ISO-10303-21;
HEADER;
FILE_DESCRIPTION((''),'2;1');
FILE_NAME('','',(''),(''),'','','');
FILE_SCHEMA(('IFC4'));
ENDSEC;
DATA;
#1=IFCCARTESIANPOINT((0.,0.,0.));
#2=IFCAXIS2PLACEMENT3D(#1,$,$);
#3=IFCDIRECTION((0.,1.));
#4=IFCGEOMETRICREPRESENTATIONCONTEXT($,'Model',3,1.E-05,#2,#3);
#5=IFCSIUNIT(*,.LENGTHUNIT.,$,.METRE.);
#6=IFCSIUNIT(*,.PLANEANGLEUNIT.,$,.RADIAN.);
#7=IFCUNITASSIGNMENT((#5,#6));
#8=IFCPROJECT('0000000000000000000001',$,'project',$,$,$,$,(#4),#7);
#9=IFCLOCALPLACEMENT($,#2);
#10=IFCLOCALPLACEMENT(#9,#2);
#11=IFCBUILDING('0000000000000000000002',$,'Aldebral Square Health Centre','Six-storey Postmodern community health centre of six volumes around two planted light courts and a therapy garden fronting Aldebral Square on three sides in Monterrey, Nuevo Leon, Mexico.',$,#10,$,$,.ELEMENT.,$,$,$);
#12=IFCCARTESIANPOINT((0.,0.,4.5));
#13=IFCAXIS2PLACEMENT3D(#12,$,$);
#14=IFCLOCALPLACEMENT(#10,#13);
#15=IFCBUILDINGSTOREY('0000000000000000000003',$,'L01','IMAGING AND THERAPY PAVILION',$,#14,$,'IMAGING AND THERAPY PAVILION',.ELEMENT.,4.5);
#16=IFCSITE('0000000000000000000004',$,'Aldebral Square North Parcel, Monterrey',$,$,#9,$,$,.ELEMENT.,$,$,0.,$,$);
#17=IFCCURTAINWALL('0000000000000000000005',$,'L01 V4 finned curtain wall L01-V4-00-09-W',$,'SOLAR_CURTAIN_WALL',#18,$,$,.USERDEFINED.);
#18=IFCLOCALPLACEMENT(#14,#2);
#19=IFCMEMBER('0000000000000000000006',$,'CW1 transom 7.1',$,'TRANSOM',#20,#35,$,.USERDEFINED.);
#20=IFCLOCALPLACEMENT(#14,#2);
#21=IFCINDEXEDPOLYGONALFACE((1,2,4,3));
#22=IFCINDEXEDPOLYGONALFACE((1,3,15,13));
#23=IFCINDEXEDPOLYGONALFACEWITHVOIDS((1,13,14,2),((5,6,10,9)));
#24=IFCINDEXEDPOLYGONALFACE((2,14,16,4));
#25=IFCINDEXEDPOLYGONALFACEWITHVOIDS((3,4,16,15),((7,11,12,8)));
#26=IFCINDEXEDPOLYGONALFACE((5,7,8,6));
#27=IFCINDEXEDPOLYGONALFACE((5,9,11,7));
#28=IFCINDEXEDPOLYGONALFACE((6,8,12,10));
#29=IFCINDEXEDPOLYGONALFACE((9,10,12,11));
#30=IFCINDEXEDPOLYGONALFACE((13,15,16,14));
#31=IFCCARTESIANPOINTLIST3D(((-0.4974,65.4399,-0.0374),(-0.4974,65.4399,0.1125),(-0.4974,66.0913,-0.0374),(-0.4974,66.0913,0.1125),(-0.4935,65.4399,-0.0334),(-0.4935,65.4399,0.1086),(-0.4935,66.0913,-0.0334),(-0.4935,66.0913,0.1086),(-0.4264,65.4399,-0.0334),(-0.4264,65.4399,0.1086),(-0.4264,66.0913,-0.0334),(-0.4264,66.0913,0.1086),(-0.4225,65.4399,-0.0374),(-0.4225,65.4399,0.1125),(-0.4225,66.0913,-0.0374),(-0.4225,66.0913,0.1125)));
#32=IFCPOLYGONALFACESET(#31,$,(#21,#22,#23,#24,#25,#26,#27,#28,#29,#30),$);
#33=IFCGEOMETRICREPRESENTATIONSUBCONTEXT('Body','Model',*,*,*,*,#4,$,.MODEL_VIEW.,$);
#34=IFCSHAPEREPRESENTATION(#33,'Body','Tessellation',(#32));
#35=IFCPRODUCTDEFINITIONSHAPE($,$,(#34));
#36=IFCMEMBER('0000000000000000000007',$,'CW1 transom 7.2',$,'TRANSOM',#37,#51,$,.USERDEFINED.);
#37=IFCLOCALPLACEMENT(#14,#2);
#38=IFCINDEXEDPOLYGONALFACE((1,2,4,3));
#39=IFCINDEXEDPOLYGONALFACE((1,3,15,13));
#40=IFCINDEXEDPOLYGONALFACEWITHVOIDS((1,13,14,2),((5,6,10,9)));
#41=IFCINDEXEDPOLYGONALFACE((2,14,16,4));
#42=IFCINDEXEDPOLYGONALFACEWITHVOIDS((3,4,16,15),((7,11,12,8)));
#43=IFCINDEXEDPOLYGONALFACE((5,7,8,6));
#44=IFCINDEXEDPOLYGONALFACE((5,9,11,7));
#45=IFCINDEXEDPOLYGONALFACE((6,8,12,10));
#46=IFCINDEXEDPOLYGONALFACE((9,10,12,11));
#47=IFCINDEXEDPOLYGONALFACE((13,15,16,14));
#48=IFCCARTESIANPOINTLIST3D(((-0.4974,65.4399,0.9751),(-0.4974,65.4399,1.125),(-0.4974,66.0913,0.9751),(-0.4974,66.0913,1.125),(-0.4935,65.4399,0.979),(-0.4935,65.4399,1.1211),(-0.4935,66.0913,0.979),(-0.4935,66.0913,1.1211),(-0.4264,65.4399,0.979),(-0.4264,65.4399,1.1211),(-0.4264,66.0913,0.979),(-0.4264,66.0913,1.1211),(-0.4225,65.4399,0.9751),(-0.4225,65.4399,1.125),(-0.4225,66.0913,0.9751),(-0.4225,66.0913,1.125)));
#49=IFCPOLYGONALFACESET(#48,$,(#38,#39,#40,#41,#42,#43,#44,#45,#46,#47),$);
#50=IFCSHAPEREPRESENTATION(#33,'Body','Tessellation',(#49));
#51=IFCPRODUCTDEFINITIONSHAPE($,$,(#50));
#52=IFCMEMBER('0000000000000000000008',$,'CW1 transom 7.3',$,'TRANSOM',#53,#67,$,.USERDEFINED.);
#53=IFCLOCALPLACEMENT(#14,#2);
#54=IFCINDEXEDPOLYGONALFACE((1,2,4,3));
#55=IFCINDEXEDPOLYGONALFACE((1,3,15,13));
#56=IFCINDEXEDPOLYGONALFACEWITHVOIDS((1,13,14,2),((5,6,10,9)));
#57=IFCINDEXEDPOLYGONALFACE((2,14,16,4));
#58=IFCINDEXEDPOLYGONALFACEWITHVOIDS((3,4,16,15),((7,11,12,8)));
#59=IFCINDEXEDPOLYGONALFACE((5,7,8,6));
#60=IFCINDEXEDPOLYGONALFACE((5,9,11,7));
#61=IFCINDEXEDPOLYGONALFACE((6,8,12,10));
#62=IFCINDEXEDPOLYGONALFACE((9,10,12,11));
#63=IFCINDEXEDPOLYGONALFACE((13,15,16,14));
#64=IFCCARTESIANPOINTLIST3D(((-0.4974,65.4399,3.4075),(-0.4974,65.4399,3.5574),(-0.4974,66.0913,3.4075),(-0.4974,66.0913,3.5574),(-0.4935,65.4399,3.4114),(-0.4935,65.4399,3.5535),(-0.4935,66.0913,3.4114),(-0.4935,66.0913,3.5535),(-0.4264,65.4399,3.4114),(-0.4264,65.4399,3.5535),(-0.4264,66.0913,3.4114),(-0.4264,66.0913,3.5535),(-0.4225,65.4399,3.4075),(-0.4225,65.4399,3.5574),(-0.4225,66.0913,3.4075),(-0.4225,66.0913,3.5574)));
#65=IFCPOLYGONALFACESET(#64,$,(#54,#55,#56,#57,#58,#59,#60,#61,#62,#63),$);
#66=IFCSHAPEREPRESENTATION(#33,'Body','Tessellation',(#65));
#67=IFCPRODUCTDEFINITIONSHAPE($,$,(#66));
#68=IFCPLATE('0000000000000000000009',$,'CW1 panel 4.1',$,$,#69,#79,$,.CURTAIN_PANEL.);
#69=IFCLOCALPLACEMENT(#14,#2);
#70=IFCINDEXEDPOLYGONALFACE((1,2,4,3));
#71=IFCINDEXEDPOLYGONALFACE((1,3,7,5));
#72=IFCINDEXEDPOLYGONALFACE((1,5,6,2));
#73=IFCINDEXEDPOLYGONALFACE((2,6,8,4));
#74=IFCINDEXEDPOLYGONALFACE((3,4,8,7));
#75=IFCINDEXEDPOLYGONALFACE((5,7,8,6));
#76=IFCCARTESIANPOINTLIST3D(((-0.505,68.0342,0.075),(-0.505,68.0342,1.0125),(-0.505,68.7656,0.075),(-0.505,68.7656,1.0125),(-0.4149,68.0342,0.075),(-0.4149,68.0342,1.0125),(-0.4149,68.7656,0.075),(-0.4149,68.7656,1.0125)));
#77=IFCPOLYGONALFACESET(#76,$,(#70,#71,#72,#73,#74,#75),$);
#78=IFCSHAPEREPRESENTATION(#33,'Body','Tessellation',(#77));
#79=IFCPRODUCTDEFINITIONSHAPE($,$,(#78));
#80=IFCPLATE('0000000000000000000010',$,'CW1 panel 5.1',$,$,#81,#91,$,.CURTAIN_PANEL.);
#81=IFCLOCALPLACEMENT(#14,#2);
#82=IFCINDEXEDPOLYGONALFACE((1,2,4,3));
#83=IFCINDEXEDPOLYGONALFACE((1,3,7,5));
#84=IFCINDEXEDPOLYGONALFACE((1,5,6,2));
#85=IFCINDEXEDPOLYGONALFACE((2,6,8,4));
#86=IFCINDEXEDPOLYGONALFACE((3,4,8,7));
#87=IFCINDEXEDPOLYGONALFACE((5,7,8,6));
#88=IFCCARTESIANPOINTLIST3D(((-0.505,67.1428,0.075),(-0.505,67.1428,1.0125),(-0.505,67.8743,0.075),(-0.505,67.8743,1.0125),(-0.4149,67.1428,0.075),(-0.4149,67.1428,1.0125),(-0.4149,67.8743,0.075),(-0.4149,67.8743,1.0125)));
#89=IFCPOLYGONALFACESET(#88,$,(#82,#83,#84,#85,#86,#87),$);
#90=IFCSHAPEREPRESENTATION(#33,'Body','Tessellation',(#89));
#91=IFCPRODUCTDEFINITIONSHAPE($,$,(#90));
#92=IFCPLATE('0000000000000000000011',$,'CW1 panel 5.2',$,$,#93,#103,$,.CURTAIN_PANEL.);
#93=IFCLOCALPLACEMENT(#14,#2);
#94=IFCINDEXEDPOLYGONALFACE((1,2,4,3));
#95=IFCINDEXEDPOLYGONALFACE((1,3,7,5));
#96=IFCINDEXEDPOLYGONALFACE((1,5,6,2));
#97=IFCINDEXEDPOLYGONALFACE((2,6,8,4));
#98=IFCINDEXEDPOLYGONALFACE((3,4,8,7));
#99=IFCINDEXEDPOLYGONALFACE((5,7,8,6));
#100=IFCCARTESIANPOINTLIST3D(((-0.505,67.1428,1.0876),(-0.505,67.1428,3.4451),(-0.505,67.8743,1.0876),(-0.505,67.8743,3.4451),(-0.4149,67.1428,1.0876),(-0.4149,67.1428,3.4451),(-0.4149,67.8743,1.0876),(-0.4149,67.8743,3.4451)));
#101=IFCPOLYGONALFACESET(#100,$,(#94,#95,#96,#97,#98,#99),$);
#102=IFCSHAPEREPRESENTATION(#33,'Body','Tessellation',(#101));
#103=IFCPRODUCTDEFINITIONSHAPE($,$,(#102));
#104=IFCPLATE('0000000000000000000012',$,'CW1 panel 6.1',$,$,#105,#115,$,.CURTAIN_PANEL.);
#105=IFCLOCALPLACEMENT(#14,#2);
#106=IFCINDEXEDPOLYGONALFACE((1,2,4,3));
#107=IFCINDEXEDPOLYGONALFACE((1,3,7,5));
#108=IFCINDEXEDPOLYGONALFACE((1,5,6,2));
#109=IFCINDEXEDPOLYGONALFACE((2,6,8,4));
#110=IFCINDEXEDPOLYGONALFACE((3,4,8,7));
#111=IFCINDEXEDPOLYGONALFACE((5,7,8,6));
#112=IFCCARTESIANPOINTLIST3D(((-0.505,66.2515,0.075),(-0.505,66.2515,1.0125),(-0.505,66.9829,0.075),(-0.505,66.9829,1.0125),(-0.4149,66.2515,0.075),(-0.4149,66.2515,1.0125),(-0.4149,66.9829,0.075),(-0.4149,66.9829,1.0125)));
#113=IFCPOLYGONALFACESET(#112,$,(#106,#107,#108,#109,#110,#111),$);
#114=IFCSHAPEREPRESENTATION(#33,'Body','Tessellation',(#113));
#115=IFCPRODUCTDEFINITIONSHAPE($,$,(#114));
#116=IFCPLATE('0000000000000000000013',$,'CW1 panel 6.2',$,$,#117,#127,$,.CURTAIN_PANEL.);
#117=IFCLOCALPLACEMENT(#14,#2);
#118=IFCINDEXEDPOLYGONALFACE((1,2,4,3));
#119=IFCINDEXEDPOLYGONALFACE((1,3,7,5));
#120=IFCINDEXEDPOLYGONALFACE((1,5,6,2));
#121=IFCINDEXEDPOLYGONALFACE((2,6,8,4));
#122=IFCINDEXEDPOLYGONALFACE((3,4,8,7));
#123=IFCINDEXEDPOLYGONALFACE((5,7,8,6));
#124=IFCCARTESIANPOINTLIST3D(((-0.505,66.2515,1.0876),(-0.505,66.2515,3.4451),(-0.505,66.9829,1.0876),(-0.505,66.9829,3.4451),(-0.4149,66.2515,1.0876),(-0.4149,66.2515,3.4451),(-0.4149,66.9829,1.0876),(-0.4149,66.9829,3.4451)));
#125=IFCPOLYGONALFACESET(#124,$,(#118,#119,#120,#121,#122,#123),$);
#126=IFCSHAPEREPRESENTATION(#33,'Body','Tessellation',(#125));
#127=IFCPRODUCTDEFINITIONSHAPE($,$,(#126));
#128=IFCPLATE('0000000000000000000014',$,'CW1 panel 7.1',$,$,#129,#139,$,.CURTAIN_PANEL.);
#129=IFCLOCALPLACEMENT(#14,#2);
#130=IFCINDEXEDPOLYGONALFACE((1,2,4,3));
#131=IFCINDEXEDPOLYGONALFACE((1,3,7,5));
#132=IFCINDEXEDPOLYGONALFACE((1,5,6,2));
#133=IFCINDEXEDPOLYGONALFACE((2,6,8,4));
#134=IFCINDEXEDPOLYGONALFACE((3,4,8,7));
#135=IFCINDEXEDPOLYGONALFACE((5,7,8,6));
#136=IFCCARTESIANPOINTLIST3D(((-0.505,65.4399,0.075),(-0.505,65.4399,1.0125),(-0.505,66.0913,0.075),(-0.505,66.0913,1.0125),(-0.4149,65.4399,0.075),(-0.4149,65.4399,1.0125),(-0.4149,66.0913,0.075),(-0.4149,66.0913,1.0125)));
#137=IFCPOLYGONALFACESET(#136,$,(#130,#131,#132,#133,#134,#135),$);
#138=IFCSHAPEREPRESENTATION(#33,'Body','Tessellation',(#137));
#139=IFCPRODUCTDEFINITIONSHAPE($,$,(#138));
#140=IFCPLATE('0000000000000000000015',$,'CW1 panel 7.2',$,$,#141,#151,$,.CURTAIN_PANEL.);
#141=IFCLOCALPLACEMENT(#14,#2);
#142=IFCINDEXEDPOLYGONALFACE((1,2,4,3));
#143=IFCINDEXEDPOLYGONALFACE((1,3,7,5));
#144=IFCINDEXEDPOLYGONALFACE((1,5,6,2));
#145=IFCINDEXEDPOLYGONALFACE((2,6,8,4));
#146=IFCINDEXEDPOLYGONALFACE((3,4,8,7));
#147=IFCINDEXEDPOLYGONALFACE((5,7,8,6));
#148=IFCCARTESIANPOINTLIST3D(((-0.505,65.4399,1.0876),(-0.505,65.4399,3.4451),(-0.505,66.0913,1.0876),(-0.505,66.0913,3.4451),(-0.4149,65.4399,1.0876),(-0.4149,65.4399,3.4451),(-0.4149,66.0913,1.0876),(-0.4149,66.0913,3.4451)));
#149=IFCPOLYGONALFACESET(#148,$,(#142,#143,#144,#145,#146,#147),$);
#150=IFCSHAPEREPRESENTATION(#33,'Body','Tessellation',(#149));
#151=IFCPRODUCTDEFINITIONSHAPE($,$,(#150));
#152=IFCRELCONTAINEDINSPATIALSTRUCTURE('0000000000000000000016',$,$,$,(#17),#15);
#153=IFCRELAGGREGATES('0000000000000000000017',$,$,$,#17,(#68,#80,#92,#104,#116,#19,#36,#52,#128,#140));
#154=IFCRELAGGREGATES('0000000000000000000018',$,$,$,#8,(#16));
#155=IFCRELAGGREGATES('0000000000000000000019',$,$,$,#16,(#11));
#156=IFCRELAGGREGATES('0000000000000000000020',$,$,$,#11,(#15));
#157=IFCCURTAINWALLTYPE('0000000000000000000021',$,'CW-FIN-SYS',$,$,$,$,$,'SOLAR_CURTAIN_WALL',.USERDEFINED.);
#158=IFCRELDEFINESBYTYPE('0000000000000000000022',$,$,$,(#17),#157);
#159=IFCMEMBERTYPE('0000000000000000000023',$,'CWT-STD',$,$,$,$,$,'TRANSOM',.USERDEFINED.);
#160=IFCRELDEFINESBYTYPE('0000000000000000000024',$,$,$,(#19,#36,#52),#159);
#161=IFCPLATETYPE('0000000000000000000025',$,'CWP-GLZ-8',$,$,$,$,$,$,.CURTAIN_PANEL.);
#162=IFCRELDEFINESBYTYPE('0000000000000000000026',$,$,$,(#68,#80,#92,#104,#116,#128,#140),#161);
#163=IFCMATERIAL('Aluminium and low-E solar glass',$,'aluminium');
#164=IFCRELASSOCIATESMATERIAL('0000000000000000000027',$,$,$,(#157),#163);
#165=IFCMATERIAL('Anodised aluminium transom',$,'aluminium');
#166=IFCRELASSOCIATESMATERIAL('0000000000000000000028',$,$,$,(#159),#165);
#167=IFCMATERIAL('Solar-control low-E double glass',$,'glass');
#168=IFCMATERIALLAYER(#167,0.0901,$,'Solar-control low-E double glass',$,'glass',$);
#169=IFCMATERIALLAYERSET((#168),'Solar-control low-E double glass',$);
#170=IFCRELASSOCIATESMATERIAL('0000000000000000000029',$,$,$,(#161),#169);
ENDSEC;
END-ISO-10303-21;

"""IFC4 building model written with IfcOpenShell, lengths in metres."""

from ifc_helpers import new_model, si_unit, direction, frame, origin, origin_2d, place, context, subcontext, project, spatial, rectangle, hollow_rectangle, extrude, material, layer, layer_set, material_profile, profile_set, type_object, element, aggregate, save


model = new_model("IFC4")

# Units and contexts
model_context = context("Model", 3, precision=1e-05, world=origin(), true_north=direction((0.0, 1.0)))
body_context = subcontext(model_context, "Body", "Model", "MODEL_VIEW")
ifc_project = project(units=[si_unit("LENGTHUNIT", "METRE"), si_unit("PLANEANGLEUNIT", "RADIAN")], contexts=[model_context])

# Site, building, storey
site_placement = place(None, origin())
site = spatial("IfcSite", under=ifc_project, at=site_placement, Name="Aldebral Square North Parcel, Monterrey", CompositionType="ELEMENT", RefElevation=0.0)
building_placement = place(site_placement, origin())
building = spatial("IfcBuilding", under=site, at=building_placement, Name="Aldebral Square Health Centre", Description="Six-storey Postmodern community health centre of six volumes around two planted light courts and a therapy garden fronting Aldebral Square on three sides in Monterrey, Nuevo Leon, Mexico.", CompositionType="ELEMENT")
storey_placement = place(building_placement, frame((0.0, 0.0, 4.5)))
storey = spatial("IfcBuildingStorey", under=building, at=storey_placement, Name="L01", Description="IMAGING AND THERAPY PAVILION", LongName="IMAGING AND THERAPY PAVILION", CompositionType="ELEMENT", Elevation=4.5)

# Shared definitions
ifc_material_1 = material(Name="Aluminium and low-E solar glass", Category="aluminium")
curtain_wall_type = type_object("IfcCurtainWallType", Name="CW-FIN-SYS", ElementType="SOLAR_CURTAIN_WALL", PredefinedType="USERDEFINED", material=ifc_material_1)

# Curtain wall, members, plates
curtain_wall_1_placement = place(storey_placement, origin())
curtain_wall_1 = element("IfcCurtainWall", 1, at=curtain_wall_1_placement, inside=storey, type_object=curtain_wall_type, Name="L01 V4 finned curtain wall L01-V4-00-09-W", ObjectType="SOLAR_CURTAIN_WALL", PredefinedType="USERDEFINED")
ifc_material_2 = material(Name="Anodised aluminium transom", Category="aluminium")
ifc_material_profile_1 = material_profile(ifc_material_2, hollow_rectangle(XDim=0.075, YDim=0.1499, WallThickness=0.0039, at=origin_2d()), Name="CWT 75x150x4")
ifc_profile_set_1 = profile_set([ifc_material_profile_1], Name="Anodised aluminium transom")
member_type_1 = type_object("IfcMemberType", Name="CWT-STD", ElementType="TRANSOM", PredefinedType="USERDEFINED", material=ifc_profile_set_1)
member_1_placement = place(storey_placement, frame((-0.46, 66.0913, 0.0376), z_axis=(0.0, -1.0, 0.0), x_axis=(1.0, 0.0, 0.0)))
member_1 = element("IfcMember", 2, at=member_1_placement, type_object=member_type_1, Name="CW1 transom 7.1", ObjectType="TRANSOM", PredefinedType="USERDEFINED", context=body_context, shape_type="SweptSolid", body=[
    extrude(hollow_rectangle(XDim=0.075, YDim=0.1499, WallThickness=0.0039, at=origin_2d()), origin(), (0.0, 0.0, 1.0), 0.6514),
])
member_2_placement = place(storey_placement, frame((-0.46, 66.0913, 1.05), z_axis=(0.0, -1.0, 0.0), x_axis=(1.0, 0.0, 0.0)))
member_2 = element("IfcMember", 3, at=member_2_placement, type_object=member_type_1, Name="CW1 transom 7.2", ObjectType="TRANSOM", PredefinedType="USERDEFINED", context=body_context, shape_type="SweptSolid", body=[
    extrude(hollow_rectangle(XDim=0.075, YDim=0.1499, WallThickness=0.0039, at=origin_2d()), origin(), (0.0, 0.0, 1.0), 0.6514),
])
member_3_placement = place(storey_placement, frame((-0.46, 66.0913, 3.4824), z_axis=(0.0, -1.0, 0.0), x_axis=(1.0, 0.0, 0.0)))
member_3 = element("IfcMember", 4, at=member_3_placement, type_object=member_type_1, Name="CW1 transom 7.3", ObjectType="TRANSOM", PredefinedType="USERDEFINED", context=body_context, shape_type="SweptSolid", body=[
    extrude(hollow_rectangle(XDim=0.075, YDim=0.1499, WallThickness=0.0039, at=origin_2d()), origin(), (0.0, 0.0, 1.0), 0.6514),
])
ifc_material_3 = material(Name="Solar-control low-E double glass", Category="glass")
ifc_layer = layer(ifc_material_3, 0.0901, Name="Solar-control low-E double glass", Category="glass")
ifc_layer_set = layer_set([ifc_layer], Name="Solar-control low-E double glass")
plate_type = type_object("IfcPlateType", Name="CWP-GLZ-8", PredefinedType="CURTAIN_PANEL", material=ifc_layer_set)
plate_1_placement = place(storey_placement, frame((-0.46, 68.3999, 0.075), z_axis=(0.0, 0.0, 1.0), x_axis=(0.0, -1.0, 0.0)))
plate_1 = element("IfcPlate", 5, at=plate_1_placement, type_object=plate_type, Name="CW1 panel 4.1", PredefinedType="CURTAIN_PANEL", context=body_context, shape_type="SweptSolid", body=[
    extrude(rectangle(XDim=0.7314, YDim=0.0901, at=origin_2d()), origin(), (0.0, 0.0, 1.0), 0.9375),
])
plate_2_placement = place(storey_placement, frame((-0.46, 67.5085, 0.075), z_axis=(0.0, 0.0, 1.0), x_axis=(0.0, -1.0, 0.0)))
plate_2 = element("IfcPlate", 6, at=plate_2_placement, type_object=plate_type, Name="CW1 panel 5.1", PredefinedType="CURTAIN_PANEL", context=body_context, shape_type="SweptSolid", body=[
    extrude(rectangle(XDim=0.7314, YDim=0.0901, at=origin_2d()), origin(), (0.0, 0.0, 1.0), 0.9375),
])
plate_3_placement = place(storey_placement, frame((-0.46, 67.5085, 1.0876), z_axis=(0.0, 0.0, 1.0), x_axis=(0.0, -1.0, 0.0)))
plate_3 = element("IfcPlate", 7, at=plate_3_placement, type_object=plate_type, Name="CW1 panel 5.2", PredefinedType="CURTAIN_PANEL", context=body_context, shape_type="SweptSolid", body=[
    extrude(rectangle(XDim=0.7314, YDim=0.0901, at=origin_2d()), origin(), (0.0, 0.0, 1.0), 2.3574),
])
plate_4_placement = place(storey_placement, frame((-0.46, 66.6172, 0.075), z_axis=(0.0, 0.0, 1.0), x_axis=(0.0, -1.0, 0.0)))
plate_4 = element("IfcPlate", 8, at=plate_4_placement, type_object=plate_type, Name="CW1 panel 6.1", PredefinedType="CURTAIN_PANEL", context=body_context, shape_type="SweptSolid", body=[
    extrude(rectangle(XDim=0.7314, YDim=0.0901, at=origin_2d()), origin(), (0.0, 0.0, 1.0), 0.9375),
])
plate_5_placement = place(storey_placement, frame((-0.46, 66.6172, 1.0876), z_axis=(0.0, 0.0, 1.0), x_axis=(0.0, -1.0, 0.0)))
plate_5 = element("IfcPlate", 9, at=plate_5_placement, type_object=plate_type, Name="CW1 panel 6.2", PredefinedType="CURTAIN_PANEL", context=body_context, shape_type="SweptSolid", body=[
    extrude(rectangle(XDim=0.7314, YDim=0.0901, at=origin_2d()), origin(), (0.0, 0.0, 1.0), 2.3574),
])
plate_6_placement = place(storey_placement, frame((-0.46, 65.7656, 0.075), z_axis=(0.0, 0.0, 1.0), x_axis=(0.0, -1.0, 0.0)))
plate_6 = element("IfcPlate", 10, at=plate_6_placement, type_object=plate_type, Name="CW1 panel 7.1", PredefinedType="CURTAIN_PANEL", context=body_context, shape_type="SweptSolid", body=[
    extrude(rectangle(XDim=0.6514, YDim=0.0901, at=origin_2d()), origin(), (0.0, 0.0, 1.0), 0.9375),
])
plate_7_placement = place(storey_placement, frame((-0.46, 65.7656, 1.0876), z_axis=(0.0, 0.0, 1.0), x_axis=(0.0, -1.0, 0.0)))
plate_7 = element("IfcPlate", 11, at=plate_7_placement, type_object=plate_type, Name="CW1 panel 7.2", PredefinedType="CURTAIN_PANEL", context=body_context, shape_type="SweptSolid", body=[
    extrude(rectangle(XDim=0.6514, YDim=0.0901, at=origin_2d()), origin(), (0.0, 0.0, 1.0), 2.3574),
])
aggregate(curtain_wall_1, [plate_1, plate_2, plate_3, plate_4, plate_5, member_1, member_2, member_3, plate_6, plate_7])

save(model, "model.ifc")
